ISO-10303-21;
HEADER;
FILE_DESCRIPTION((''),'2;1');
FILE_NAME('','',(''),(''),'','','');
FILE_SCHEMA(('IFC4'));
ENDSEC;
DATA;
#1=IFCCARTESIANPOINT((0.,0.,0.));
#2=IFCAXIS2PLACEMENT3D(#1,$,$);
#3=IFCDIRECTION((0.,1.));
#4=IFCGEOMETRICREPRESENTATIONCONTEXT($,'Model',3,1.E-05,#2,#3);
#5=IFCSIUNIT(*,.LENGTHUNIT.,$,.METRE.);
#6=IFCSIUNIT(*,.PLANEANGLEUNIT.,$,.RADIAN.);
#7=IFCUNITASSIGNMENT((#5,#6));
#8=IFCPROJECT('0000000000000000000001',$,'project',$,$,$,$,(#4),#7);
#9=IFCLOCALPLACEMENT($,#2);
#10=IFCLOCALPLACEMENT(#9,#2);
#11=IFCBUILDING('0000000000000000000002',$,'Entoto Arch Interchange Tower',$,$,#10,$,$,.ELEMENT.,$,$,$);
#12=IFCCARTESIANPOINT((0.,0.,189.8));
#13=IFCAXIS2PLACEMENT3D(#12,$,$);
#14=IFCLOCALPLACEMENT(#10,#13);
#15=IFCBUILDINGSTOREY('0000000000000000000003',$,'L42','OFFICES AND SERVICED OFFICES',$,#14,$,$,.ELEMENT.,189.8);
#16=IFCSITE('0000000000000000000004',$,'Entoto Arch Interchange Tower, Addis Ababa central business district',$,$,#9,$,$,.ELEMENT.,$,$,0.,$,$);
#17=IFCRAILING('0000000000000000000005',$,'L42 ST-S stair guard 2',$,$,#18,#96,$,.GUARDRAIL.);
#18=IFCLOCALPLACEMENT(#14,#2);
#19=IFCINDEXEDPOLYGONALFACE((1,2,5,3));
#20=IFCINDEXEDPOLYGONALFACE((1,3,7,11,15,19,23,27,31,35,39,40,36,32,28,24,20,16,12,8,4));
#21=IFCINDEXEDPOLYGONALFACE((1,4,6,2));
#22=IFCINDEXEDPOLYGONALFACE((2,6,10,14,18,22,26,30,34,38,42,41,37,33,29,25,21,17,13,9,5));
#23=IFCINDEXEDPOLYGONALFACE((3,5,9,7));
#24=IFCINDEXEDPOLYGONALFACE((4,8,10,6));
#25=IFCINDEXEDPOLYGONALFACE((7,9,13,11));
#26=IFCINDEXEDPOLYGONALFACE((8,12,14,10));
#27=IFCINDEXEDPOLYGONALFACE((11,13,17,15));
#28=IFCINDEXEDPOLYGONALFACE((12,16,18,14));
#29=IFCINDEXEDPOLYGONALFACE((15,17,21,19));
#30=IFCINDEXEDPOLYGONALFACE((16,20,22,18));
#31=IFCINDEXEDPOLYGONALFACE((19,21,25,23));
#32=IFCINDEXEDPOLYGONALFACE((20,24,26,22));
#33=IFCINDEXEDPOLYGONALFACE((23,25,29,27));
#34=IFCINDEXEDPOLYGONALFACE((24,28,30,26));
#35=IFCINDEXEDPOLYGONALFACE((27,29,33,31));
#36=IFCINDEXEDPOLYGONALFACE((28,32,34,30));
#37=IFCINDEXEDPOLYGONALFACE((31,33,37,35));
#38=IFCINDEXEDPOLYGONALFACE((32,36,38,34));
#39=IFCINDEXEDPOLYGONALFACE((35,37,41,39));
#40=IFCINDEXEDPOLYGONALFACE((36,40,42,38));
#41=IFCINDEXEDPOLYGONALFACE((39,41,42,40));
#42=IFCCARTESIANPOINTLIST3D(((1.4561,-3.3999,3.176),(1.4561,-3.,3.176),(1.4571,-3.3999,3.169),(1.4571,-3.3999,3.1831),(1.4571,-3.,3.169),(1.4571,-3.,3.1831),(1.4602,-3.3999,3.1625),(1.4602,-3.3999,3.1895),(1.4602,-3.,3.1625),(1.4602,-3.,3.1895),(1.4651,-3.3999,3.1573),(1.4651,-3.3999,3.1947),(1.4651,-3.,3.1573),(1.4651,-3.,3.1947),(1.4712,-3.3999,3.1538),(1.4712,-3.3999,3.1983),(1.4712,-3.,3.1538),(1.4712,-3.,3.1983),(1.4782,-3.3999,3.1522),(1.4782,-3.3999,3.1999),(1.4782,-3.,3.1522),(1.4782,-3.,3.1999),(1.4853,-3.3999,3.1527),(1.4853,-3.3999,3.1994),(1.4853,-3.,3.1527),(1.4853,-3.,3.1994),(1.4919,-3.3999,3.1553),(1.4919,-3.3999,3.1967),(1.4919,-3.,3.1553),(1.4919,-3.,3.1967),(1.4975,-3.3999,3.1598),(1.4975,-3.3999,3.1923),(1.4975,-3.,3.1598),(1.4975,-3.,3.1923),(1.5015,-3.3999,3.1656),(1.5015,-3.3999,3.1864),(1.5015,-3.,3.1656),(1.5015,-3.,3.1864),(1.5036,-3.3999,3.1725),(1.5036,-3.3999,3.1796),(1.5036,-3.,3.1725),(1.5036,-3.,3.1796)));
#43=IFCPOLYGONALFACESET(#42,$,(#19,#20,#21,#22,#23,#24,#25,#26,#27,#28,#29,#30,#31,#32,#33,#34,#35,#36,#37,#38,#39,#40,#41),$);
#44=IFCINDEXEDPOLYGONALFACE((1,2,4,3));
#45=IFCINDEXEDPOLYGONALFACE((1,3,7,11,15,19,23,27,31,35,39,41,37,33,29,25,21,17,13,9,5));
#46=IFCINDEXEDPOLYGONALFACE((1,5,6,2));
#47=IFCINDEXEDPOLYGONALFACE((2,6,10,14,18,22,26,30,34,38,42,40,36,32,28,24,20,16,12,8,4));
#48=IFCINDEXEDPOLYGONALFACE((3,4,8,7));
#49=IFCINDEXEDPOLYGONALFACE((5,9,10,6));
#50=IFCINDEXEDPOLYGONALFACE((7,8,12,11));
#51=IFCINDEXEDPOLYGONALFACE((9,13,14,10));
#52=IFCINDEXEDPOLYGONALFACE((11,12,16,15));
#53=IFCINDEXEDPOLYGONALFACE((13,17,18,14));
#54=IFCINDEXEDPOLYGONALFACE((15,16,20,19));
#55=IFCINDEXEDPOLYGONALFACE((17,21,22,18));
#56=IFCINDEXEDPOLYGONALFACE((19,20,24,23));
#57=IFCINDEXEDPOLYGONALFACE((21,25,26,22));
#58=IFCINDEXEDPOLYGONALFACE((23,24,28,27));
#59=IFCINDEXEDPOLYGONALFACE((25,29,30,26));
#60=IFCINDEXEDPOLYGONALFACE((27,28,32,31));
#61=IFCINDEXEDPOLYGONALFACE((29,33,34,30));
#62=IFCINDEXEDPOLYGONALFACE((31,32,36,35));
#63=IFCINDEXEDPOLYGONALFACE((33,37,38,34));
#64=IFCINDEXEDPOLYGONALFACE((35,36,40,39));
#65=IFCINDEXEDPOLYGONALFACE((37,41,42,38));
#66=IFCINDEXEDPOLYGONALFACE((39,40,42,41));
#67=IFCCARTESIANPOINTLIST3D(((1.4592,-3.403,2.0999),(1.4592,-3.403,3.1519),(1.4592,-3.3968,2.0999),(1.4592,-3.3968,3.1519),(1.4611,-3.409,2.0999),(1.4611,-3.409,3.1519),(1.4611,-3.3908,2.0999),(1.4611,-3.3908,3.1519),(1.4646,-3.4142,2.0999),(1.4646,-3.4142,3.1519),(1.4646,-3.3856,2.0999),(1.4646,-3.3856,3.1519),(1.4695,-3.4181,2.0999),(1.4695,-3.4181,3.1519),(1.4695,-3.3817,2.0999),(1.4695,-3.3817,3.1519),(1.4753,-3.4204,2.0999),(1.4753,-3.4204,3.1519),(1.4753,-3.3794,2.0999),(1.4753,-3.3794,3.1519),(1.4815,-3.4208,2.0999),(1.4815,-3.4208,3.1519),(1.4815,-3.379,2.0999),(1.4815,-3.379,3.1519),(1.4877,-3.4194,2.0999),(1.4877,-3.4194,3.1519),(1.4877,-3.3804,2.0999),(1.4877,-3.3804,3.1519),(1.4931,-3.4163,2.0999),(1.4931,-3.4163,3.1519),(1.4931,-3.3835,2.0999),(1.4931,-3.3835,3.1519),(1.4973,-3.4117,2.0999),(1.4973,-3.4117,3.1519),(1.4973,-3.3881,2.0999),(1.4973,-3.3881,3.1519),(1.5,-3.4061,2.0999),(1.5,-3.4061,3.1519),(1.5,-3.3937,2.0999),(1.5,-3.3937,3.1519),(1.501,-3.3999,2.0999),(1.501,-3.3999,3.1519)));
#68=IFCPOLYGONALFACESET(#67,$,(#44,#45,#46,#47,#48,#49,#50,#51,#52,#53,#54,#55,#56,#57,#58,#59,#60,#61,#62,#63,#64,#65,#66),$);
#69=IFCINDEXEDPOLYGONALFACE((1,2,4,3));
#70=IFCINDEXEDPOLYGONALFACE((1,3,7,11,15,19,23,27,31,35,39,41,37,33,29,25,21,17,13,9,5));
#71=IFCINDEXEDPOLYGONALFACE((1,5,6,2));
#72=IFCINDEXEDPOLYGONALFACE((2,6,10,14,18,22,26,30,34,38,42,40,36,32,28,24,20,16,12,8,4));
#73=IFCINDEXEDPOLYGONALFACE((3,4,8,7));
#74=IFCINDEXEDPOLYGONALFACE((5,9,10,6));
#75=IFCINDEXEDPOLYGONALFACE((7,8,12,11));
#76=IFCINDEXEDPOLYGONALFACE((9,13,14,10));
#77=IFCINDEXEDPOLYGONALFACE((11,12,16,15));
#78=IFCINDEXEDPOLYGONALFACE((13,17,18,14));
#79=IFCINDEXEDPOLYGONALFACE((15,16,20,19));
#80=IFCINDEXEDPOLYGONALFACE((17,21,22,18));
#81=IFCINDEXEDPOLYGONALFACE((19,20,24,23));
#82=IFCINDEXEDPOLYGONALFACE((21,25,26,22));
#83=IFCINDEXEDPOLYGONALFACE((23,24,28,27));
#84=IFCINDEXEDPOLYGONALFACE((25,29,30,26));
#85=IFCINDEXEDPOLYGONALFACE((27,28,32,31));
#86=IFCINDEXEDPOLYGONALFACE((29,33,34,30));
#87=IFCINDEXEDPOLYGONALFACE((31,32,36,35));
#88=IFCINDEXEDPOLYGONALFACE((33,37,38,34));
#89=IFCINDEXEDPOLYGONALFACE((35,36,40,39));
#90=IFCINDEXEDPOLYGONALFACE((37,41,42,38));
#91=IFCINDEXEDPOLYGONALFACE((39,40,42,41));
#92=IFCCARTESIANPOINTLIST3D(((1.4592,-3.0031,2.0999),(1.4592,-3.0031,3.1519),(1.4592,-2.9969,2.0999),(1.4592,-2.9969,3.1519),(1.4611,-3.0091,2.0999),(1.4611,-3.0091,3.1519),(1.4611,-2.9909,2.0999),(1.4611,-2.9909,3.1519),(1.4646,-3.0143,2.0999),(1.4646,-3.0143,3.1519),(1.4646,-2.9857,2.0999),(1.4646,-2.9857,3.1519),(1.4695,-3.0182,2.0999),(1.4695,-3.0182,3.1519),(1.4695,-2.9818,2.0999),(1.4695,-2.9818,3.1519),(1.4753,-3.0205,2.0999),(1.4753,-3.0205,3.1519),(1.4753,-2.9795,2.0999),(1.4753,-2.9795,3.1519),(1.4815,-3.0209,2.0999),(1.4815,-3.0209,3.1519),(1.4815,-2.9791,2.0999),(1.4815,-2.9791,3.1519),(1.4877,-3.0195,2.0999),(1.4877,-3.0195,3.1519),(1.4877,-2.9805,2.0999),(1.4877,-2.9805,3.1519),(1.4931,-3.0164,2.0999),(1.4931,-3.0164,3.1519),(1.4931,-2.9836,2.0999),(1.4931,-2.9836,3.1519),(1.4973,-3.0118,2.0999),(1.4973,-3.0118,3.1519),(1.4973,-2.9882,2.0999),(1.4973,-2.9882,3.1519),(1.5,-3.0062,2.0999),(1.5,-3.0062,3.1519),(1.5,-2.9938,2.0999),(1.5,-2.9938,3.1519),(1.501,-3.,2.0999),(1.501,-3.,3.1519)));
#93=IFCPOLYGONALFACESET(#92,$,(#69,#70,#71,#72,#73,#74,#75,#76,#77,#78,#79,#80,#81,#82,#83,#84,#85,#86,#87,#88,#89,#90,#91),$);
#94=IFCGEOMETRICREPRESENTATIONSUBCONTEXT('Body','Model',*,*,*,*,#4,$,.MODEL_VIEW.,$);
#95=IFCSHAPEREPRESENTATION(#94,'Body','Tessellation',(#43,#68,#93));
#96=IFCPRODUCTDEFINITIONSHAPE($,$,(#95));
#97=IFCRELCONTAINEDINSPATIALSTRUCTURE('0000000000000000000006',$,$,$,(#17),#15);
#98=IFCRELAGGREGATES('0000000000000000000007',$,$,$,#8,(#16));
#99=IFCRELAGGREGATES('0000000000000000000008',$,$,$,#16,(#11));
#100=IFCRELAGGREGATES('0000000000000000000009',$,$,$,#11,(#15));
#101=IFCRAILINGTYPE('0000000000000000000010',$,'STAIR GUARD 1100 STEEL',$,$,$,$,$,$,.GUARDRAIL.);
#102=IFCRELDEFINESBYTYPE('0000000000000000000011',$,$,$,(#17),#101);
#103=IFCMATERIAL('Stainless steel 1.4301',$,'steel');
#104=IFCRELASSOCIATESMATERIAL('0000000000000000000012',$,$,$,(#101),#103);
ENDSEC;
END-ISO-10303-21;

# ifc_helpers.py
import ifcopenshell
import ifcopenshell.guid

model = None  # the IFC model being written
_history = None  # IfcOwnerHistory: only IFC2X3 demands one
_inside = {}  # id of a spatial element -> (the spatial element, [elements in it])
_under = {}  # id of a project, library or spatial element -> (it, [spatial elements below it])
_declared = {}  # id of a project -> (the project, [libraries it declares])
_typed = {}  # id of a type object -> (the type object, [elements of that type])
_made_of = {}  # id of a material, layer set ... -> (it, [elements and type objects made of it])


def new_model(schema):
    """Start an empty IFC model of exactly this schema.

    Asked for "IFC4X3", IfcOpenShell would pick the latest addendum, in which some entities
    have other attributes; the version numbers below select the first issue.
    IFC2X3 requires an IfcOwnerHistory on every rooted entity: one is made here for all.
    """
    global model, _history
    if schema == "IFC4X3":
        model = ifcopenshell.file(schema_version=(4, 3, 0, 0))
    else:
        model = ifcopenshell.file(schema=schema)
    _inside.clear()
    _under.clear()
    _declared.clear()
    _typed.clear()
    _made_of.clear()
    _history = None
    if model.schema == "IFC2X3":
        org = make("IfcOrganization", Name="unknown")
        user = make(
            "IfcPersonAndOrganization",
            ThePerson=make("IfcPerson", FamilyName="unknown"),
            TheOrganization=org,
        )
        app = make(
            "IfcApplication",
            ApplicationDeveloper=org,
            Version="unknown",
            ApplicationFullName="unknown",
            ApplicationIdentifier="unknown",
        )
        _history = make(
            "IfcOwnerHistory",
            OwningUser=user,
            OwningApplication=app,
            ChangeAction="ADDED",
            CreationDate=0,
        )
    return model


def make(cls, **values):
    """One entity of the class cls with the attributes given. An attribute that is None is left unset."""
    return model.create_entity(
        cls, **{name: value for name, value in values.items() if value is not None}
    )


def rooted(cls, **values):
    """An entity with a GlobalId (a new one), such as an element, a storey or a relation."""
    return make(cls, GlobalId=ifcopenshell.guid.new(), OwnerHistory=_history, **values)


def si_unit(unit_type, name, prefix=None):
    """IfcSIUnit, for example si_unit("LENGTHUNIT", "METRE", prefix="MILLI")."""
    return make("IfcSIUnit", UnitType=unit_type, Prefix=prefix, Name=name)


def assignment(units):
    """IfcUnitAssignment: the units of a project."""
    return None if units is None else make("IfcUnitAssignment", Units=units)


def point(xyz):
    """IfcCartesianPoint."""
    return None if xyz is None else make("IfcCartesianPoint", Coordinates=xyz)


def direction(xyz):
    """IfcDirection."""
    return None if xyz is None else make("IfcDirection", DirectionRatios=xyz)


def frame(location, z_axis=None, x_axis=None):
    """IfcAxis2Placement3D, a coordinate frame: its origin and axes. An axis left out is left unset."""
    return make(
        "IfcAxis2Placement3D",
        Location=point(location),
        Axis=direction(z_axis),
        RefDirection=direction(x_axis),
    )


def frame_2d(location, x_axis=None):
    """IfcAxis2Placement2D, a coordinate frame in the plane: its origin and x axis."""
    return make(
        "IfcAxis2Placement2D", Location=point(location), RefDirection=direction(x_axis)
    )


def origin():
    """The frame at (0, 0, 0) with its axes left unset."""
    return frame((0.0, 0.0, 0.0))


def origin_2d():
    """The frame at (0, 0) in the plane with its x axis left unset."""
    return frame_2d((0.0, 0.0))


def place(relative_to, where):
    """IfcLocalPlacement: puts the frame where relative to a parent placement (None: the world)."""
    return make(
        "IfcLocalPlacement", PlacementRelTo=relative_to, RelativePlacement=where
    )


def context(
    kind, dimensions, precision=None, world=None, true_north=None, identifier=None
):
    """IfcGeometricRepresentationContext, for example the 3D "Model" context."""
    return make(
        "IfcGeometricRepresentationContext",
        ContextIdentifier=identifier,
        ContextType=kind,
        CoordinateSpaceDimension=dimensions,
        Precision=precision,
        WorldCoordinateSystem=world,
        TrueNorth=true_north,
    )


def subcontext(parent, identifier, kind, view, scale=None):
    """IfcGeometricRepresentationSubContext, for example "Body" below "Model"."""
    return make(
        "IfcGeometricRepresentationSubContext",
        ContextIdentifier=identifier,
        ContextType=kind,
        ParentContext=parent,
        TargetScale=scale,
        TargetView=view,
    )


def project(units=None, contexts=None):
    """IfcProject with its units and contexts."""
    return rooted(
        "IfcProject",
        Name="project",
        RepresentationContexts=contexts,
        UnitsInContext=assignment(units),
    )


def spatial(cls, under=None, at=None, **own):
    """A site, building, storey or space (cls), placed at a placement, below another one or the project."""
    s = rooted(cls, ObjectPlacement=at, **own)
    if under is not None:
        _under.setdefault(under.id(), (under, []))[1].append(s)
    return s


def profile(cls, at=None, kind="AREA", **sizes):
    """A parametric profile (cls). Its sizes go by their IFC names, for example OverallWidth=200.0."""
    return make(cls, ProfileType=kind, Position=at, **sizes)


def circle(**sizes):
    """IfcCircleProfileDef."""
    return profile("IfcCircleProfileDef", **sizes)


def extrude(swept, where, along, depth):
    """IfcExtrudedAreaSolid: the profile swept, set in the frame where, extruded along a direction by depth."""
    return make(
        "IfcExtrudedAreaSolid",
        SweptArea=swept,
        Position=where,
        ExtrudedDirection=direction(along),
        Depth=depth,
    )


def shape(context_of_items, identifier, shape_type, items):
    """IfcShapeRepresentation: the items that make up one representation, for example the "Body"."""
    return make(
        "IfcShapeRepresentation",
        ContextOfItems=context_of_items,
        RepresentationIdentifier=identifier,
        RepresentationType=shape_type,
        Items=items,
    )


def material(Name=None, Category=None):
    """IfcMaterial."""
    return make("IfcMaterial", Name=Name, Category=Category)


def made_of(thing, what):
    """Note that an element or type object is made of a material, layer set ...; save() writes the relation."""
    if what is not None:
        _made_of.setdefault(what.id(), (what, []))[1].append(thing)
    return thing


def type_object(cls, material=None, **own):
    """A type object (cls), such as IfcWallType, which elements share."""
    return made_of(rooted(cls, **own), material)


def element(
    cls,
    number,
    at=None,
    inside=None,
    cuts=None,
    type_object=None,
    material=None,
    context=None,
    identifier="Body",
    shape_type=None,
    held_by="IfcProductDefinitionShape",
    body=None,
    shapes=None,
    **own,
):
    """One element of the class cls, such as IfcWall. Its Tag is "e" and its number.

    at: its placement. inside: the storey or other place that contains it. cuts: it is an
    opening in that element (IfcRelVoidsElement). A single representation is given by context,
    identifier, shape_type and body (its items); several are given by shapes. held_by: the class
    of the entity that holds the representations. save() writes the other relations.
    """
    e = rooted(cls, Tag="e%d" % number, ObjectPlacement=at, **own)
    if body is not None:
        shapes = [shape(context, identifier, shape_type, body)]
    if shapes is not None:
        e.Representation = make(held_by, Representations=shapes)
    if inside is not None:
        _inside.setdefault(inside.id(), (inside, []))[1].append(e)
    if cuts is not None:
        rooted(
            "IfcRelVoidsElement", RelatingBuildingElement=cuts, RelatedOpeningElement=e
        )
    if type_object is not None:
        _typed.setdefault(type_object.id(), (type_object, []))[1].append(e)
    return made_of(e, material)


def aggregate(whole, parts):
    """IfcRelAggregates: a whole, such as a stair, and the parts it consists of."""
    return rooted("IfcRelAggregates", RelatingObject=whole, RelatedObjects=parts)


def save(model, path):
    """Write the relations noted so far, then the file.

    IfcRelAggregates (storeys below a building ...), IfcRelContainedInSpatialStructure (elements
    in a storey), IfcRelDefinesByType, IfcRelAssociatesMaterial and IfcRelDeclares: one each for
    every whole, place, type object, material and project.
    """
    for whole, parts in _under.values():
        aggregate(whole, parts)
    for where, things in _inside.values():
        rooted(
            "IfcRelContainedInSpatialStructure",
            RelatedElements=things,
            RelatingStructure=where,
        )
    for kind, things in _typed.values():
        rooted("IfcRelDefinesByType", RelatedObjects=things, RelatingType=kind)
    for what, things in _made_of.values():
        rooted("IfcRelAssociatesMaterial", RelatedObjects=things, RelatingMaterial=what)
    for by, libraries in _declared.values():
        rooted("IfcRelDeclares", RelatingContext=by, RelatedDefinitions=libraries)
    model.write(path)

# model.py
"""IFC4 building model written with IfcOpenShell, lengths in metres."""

from ifc_helpers import new_model, si_unit, direction, frame, origin, origin_2d, place, context, subcontext, project, spatial, circle, extrude, material, type_object, element, save


model = new_model("IFC4")

# Units and contexts
model_context = context("Model", 3, precision=1e-05, world=origin(), true_north=direction((0.0, 1.0)))
body_context = subcontext(model_context, "Body", "Model", "MODEL_VIEW")
ifc_project = project(units=[si_unit("LENGTHUNIT", "METRE"), si_unit("PLANEANGLEUNIT", "RADIAN")], contexts=[model_context])

# Site, building, storey
site_placement = place(None, origin())
site = spatial("IfcSite", under=ifc_project, at=site_placement, Name="Entoto Arch Interchange Tower, Addis Ababa central business district", CompositionType="ELEMENT", RefElevation=0.0)
building_placement = place(site_placement, origin())
building = spatial("IfcBuilding", under=site, at=building_placement, Name="Entoto Arch Interchange Tower", CompositionType="ELEMENT")
storey_placement = place(building_placement, frame((0.0, 0.0, 189.8)))
storey = spatial("IfcBuildingStorey", under=building, at=storey_placement, Name="L42", Description="OFFICES AND SERVICED OFFICES", CompositionType="ELEMENT", Elevation=189.8)

# Railing
ifc_material_1 = material(Name="Stainless steel 1.4301", Category="steel")
railing_type_1 = type_object("IfcRailingType", Name="STAIR GUARD 1100 STEEL", PredefinedType="GUARDRAIL", material=ifc_material_1)
railing_1_placement = place(storey_placement, frame((1.48, -3.3999, 2.0999)))
element("IfcRailing", 1, at=railing_1_placement, inside=storey, type_object=railing_type_1, Name="L42 ST-S stair guard 2", PredefinedType="GUARDRAIL", context=body_context, shape_type="SweptSolid", body=[
    extrude(circle(Radius=0.0239, at=origin_2d()), frame((0.0, 0.0, 1.0762), z_axis=(0.0, 1.0, 0.0), x_axis=(-1.0, 0.0, 0.0)), (0.0, 0.0, 1.0), 0.3999),
    extrude(circle(Radius=0.021, at=origin_2d()), origin(), (0.0, 0.0, 1.0), 1.052),
    extrude(circle(Radius=0.021, at=origin_2d()), frame((0.0, 0.3999, 0.0)), (0.0, 0.0, 1.0), 1.052),
])

save(model, "model.ifc")
